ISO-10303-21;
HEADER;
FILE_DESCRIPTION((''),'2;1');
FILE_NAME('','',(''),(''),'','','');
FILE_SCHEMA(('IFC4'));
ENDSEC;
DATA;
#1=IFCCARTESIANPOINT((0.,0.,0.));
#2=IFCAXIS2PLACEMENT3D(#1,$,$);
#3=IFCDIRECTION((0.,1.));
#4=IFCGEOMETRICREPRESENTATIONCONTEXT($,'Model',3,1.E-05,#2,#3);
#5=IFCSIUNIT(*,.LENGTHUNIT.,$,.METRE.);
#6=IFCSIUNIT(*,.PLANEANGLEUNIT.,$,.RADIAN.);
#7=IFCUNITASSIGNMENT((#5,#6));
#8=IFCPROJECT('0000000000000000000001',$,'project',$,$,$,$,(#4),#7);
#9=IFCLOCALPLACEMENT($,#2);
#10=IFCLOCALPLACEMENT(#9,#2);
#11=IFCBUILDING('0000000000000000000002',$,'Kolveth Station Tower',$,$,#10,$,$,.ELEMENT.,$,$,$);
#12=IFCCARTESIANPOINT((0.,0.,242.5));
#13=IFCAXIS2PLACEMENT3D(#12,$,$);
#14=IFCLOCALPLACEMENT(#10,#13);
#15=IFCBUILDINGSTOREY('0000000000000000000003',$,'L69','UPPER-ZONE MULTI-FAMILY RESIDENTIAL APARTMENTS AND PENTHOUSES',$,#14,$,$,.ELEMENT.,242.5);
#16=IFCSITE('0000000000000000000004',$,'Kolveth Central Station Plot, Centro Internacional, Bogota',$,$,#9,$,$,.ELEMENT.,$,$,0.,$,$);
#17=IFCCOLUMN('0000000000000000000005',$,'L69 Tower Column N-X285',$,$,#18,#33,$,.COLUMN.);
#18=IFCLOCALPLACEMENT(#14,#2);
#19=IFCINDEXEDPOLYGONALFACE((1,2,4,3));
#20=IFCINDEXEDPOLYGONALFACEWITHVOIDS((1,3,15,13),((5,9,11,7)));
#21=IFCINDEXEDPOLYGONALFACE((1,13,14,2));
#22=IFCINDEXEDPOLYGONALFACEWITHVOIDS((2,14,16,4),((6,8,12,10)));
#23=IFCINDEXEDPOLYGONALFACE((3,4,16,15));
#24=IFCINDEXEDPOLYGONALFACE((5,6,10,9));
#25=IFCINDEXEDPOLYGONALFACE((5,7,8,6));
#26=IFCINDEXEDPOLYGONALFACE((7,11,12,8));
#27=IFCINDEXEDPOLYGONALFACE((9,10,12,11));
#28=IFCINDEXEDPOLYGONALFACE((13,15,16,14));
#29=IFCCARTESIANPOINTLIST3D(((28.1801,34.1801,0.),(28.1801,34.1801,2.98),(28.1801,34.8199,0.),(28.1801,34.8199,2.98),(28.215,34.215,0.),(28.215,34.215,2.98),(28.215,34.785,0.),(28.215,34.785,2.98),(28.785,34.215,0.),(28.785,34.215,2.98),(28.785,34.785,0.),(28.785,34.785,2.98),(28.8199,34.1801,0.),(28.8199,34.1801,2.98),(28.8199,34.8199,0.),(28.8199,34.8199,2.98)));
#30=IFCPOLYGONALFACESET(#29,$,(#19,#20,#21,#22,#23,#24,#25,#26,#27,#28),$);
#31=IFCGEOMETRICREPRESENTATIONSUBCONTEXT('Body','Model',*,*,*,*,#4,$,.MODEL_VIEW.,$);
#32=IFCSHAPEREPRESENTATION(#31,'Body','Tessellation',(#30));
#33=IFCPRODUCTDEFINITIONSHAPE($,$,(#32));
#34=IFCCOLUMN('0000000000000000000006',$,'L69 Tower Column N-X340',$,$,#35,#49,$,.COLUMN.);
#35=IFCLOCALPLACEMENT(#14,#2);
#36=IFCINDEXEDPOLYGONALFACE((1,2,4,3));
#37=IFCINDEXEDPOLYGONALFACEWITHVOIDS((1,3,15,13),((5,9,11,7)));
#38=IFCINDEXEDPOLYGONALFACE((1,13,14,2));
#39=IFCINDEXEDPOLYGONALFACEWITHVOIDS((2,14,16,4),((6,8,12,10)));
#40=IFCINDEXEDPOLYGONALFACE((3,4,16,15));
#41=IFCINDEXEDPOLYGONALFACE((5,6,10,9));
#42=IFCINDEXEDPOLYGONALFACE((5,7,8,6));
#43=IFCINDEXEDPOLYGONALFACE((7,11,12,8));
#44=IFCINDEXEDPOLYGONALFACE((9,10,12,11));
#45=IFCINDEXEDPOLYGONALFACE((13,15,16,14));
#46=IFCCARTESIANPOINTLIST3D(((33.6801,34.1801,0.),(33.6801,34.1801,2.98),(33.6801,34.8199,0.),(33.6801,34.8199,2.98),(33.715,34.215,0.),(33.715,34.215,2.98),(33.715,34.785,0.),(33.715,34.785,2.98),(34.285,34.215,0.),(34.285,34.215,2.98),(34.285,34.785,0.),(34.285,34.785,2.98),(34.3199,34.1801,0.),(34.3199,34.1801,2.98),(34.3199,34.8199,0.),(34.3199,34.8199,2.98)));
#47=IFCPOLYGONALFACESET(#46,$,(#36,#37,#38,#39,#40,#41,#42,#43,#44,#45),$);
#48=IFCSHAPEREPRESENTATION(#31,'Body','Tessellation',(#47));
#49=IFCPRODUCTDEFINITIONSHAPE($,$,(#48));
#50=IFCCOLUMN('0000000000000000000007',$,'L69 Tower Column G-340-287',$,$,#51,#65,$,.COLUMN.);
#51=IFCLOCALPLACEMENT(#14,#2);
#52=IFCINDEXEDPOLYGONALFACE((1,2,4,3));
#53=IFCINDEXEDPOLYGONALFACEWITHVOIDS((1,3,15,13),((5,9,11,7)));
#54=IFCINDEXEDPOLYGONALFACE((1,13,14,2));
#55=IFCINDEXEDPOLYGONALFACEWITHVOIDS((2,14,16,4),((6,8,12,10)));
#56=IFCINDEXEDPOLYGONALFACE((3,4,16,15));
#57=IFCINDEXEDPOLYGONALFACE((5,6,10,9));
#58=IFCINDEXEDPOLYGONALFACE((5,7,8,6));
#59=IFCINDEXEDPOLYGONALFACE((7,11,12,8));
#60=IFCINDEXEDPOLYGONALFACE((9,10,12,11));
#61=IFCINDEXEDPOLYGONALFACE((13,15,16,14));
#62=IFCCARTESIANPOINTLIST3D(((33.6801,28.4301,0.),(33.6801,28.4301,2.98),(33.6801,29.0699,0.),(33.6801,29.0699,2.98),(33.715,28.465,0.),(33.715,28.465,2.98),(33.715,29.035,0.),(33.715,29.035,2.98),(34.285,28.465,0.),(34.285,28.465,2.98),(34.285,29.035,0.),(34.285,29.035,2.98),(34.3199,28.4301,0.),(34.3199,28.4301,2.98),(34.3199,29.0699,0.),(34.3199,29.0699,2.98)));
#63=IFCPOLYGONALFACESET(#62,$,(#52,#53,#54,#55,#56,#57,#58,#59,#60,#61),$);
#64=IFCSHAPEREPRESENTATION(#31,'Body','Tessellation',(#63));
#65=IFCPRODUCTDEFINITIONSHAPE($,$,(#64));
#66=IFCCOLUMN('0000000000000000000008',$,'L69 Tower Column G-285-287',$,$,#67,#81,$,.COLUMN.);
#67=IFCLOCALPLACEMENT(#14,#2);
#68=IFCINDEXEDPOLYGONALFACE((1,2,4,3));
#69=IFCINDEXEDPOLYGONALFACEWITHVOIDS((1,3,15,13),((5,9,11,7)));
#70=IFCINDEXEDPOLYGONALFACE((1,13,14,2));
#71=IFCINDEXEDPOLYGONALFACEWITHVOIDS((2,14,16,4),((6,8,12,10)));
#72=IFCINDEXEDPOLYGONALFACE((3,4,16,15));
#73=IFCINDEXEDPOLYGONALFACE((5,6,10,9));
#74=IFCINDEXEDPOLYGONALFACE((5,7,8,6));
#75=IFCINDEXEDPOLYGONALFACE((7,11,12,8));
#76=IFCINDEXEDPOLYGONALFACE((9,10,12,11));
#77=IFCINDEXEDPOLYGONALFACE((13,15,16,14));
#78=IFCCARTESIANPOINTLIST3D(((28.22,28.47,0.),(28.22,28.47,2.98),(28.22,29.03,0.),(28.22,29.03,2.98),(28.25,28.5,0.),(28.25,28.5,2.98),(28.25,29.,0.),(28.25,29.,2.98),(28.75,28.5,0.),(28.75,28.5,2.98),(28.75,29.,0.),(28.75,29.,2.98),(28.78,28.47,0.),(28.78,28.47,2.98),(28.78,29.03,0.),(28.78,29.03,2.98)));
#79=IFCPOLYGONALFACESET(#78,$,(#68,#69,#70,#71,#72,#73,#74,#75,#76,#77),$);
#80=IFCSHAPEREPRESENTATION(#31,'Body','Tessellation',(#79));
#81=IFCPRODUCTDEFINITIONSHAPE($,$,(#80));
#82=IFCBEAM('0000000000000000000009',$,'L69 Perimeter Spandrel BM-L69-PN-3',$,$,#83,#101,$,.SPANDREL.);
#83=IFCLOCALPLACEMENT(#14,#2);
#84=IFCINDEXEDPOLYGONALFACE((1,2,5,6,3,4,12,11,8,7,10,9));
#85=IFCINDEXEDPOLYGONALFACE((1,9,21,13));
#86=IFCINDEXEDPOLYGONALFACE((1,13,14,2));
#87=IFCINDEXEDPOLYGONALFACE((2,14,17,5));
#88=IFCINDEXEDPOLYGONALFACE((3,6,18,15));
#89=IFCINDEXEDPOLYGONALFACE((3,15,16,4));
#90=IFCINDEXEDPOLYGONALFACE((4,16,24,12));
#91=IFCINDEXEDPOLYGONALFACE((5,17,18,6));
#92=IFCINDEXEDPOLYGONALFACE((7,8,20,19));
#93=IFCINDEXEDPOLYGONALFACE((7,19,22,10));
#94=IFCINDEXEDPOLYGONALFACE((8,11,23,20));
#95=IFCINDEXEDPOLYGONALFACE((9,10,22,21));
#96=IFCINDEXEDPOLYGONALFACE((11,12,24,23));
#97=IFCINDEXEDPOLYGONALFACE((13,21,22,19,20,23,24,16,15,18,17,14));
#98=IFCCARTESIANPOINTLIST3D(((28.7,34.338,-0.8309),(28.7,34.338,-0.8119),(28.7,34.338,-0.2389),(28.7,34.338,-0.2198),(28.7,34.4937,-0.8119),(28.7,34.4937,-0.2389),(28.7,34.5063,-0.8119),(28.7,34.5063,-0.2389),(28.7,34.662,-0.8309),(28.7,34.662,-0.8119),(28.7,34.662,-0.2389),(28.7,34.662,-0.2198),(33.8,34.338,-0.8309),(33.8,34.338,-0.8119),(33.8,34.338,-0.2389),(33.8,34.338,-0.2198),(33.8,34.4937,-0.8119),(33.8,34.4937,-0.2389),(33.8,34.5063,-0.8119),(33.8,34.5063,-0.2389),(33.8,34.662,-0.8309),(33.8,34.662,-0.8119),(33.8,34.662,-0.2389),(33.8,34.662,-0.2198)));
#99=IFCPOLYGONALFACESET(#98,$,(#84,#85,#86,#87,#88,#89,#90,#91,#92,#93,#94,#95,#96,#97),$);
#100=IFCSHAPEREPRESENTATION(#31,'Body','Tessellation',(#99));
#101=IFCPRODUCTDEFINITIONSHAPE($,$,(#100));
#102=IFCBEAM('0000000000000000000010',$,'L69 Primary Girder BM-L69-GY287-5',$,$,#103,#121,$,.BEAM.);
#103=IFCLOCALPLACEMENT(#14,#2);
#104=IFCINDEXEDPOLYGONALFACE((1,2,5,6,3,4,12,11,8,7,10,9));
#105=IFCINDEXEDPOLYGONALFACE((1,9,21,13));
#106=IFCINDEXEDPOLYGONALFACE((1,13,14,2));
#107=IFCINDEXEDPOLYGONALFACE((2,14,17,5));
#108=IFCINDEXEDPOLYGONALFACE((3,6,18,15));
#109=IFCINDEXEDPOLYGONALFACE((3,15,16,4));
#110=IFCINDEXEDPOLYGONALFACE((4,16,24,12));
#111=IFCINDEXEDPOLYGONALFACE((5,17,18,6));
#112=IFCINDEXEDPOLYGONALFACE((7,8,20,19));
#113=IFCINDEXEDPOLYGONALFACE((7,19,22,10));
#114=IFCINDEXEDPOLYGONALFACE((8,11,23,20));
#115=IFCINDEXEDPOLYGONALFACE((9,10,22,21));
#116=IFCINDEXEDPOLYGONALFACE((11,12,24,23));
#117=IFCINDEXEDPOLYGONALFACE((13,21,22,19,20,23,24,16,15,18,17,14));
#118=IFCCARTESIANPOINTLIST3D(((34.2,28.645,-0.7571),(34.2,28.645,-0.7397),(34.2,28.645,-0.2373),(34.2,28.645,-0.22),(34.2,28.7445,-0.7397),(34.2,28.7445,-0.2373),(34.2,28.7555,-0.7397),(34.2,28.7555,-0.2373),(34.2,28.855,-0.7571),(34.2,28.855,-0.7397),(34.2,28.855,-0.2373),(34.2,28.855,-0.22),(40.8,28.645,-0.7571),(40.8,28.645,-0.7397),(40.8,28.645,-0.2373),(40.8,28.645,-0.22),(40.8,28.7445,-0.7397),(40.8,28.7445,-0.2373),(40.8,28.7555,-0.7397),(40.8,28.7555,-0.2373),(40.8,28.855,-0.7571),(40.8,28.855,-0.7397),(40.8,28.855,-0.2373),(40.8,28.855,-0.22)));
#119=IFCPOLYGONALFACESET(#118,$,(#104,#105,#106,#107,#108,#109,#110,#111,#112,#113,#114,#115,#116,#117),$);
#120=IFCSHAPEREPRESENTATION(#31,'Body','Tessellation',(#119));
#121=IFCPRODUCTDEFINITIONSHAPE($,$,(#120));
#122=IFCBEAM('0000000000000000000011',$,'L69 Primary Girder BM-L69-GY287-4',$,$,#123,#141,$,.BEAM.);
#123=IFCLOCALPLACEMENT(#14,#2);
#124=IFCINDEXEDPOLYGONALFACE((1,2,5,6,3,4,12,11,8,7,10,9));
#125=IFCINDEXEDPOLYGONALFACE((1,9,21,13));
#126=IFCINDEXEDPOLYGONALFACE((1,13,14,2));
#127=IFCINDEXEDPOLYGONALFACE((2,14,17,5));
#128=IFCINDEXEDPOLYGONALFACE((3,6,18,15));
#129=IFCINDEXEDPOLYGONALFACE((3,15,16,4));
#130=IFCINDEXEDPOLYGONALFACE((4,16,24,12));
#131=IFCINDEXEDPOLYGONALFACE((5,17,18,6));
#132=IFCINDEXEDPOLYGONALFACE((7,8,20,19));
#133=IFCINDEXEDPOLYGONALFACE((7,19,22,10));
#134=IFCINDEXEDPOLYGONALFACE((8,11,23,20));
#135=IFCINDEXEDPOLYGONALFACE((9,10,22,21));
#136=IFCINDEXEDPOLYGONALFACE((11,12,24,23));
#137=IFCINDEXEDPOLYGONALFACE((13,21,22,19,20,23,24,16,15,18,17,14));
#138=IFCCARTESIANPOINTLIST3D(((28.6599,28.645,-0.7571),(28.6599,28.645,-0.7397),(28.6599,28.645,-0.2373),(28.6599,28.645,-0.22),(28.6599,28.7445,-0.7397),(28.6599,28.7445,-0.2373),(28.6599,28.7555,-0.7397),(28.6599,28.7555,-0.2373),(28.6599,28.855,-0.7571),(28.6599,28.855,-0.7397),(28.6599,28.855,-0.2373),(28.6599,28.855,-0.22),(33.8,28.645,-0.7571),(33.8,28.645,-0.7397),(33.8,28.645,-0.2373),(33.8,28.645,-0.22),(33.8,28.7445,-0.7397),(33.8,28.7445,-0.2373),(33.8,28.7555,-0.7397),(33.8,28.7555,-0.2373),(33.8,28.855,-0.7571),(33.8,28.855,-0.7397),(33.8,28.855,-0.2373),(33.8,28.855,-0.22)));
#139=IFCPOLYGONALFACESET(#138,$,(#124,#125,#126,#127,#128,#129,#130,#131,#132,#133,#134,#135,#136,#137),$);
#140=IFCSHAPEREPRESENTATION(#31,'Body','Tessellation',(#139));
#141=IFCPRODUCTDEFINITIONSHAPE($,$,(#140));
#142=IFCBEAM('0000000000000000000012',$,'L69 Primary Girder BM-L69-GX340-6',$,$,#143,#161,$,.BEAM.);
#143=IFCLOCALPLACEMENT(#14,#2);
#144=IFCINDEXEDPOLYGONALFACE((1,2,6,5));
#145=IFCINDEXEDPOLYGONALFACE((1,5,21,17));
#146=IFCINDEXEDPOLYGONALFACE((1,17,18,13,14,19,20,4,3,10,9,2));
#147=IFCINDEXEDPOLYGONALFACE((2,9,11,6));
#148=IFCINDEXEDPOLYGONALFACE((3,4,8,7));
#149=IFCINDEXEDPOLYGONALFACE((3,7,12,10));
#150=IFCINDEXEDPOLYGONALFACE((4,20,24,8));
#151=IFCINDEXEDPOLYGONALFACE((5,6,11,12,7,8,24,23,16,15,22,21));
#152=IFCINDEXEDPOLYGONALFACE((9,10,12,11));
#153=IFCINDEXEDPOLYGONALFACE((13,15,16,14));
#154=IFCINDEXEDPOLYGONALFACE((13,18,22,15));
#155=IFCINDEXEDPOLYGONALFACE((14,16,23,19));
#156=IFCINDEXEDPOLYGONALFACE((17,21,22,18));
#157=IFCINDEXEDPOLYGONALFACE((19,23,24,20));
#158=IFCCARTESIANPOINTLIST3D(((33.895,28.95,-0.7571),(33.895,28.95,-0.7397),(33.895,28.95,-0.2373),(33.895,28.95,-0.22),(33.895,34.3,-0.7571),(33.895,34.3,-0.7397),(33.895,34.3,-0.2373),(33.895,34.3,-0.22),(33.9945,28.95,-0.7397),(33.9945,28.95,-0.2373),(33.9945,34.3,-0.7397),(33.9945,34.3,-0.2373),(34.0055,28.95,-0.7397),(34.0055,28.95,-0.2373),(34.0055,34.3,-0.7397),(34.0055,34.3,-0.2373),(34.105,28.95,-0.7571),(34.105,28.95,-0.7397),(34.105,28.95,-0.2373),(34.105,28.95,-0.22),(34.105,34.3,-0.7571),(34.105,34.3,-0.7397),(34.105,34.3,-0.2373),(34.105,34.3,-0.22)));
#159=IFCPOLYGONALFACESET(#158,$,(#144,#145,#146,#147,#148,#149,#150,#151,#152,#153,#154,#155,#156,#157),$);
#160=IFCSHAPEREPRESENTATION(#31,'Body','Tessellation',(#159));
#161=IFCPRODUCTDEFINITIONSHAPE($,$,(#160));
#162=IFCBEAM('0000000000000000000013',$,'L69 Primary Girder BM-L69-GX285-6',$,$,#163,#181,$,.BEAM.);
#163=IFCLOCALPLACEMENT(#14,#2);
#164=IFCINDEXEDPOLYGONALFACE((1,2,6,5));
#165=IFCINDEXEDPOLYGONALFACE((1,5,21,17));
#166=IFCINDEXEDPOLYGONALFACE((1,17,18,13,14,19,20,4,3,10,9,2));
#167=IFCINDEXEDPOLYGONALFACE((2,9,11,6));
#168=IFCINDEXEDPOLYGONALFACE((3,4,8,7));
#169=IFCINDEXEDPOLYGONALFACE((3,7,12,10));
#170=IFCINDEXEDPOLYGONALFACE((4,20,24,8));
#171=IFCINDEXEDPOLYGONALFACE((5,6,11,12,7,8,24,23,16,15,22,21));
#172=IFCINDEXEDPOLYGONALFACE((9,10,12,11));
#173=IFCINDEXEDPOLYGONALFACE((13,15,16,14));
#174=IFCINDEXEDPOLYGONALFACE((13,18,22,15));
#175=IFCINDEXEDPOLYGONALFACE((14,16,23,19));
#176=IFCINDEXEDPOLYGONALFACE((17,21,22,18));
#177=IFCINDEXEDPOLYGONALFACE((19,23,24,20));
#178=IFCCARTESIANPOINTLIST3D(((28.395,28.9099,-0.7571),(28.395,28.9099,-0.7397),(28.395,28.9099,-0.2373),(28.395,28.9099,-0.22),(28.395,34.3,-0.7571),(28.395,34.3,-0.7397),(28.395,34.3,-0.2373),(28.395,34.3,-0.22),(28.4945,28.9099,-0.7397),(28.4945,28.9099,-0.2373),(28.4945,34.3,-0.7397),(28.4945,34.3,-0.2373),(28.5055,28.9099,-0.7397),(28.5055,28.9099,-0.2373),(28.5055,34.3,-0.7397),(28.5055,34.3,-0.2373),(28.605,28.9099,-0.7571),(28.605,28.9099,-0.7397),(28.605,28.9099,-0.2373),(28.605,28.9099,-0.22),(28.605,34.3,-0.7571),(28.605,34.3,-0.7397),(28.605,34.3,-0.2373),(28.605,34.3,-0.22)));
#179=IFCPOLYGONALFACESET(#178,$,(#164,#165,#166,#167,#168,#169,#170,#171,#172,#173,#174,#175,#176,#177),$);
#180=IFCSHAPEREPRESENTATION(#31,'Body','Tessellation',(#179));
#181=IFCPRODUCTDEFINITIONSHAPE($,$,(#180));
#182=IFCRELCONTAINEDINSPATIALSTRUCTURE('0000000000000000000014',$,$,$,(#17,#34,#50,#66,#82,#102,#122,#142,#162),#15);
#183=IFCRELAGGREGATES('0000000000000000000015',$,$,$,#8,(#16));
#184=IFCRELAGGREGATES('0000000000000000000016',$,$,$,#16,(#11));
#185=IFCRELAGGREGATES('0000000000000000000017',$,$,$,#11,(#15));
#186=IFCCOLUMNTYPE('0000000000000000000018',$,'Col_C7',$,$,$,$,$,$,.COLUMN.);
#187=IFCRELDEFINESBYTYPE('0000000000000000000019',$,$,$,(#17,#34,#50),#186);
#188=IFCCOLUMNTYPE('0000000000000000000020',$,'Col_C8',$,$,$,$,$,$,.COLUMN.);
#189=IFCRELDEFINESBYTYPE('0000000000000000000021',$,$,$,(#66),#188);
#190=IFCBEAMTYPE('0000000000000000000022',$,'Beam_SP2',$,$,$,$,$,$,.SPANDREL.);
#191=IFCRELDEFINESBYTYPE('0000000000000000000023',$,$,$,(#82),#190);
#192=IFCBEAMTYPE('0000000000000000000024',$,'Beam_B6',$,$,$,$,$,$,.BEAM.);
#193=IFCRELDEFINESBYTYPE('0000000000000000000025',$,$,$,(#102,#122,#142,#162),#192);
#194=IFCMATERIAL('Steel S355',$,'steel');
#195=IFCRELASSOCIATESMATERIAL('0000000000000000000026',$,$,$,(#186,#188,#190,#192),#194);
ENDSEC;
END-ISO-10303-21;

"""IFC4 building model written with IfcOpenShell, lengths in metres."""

from ifc_helpers import new_model, si_unit, direction, frame, origin, origin_2d, place, context, subcontext, project, spatial, hollow_rectangle, i_section, extrude, source, transform, mapped, material, material_profile, profile_set, type_object, element, save


model = new_model("IFC4")

# Units and contexts
model_context = context("Model", 3, precision=1e-05, world=origin(), true_north=direction((0.0, 1.0)))
body_context = subcontext(model_context, "Body", "Model", "MODEL_VIEW")
ifc_project = project(units=[si_unit("LENGTHUNIT", "METRE"), si_unit("PLANEANGLEUNIT", "RADIAN")], contexts=[model_context])

# Site, building, storey
site_placement = place(None, origin())
site = spatial("IfcSite", under=ifc_project, at=site_placement, Name="Kolveth Central Station Plot, Centro Internacional, Bogota", CompositionType="ELEMENT", RefElevation=0.0)
building_placement = place(site_placement, origin())
building = spatial("IfcBuilding", under=site, at=building_placement, Name="Kolveth Station Tower", CompositionType="ELEMENT")
storey_placement = place(building_placement, frame((0.0, 0.0, 242.5)))
storey = spatial("IfcBuildingStorey", under=building, at=storey_placement, Name="L69", Description="UPPER-ZONE MULTI-FAMILY RESIDENTIAL APARTMENTS AND PENTHOUSES", CompositionType="ELEMENT", Elevation=242.5)

# Columns
ifc_material_1 = material(Name="Steel S355", Category="steel")
ifc_material_profile_1 = material_profile(ifc_material_1, hollow_rectangle(XDim=0.6399, YDim=0.6399, WallThickness=0.0349, at=origin_2d()), Name="BOX640x640x35")
ifc_profile_set_1 = profile_set([ifc_material_profile_1], Name="Steel S355")
column_type_1 = type_object("IfcColumnType", Name="Col_C7", PredefinedType="COLUMN", material=ifc_profile_set_1)
shared_shape_1 = source(origin(), body_context, "Body", "SweptSolid", [
    extrude(hollow_rectangle(XDim=0.6399, YDim=0.6399, WallThickness=0.0349, at=origin_2d()), origin(), (0.0, 0.0, 1.0), 2.98),
])
for number, where, z_axis, x_axis, name in (
    (1, (28.5, 34.5, 0.0), (0.0, 0.0, 1.0), (1.0, 0.0, 0.0), "L69 Tower Column N-X285"),
    (2, (34.0, 34.5, 0.0), (0.0, 0.0, 1.0), (1.0, 0.0, 0.0), "L69 Tower Column N-X340"),
    (3, (34.0, 28.75, 0.0), (0.0, 0.0, 1.0), (1.0, 0.0, 0.0), "L69 Tower Column G-340-287"),
):
    element("IfcColumn", number, at=place(storey_placement, frame(where, z_axis=z_axis, x_axis=x_axis)), inside=storey, type_object=column_type_1, Name=name, PredefinedType="COLUMN", context=body_context, shape_type="MappedRepresentation", body=[
        mapped(shared_shape_1, transform((0.0, 0.0, 0.0), x_axis=(1.0, 0.0, 0.0), y_axis=(0.0, 1.0, 0.0), z_axis=(0.0, 0.0, 1.0), scale=1.0)),
    ])
ifc_material_profile_2 = material_profile(ifc_material_1, hollow_rectangle(XDim=0.5601, YDim=0.5601, WallThickness=0.03, at=origin_2d()), Name="BOX560x560x30")
ifc_profile_set_2 = profile_set([ifc_material_profile_2], Name="Steel S355")
column_type_2 = type_object("IfcColumnType", Name="Col_C8", PredefinedType="COLUMN", material=ifc_profile_set_2)
shared_shape_2 = source(origin(), body_context, "Body", "SweptSolid", [
    extrude(hollow_rectangle(XDim=0.5601, YDim=0.5601, WallThickness=0.03, at=origin_2d()), origin(), (0.0, 0.0, 1.0), 2.98),
])
column_placement = place(storey_placement, frame((28.5, 28.75, 0.0), z_axis=(0.0, 0.0, 1.0), x_axis=(1.0, 0.0, 0.0)))
element("IfcColumn", 4, at=column_placement, inside=storey, type_object=column_type_2, Name="L69 Tower Column G-285-287", PredefinedType="COLUMN", context=body_context, shape_type="MappedRepresentation", body=[
    mapped(shared_shape_2, transform((0.0, 0.0, 0.0), x_axis=(1.0, 0.0, 0.0), y_axis=(0.0, 1.0, 0.0), z_axis=(0.0, 0.0, 1.0), scale=1.0)),
])

# Beams
ifc_material_profile_3 = material_profile(ifc_material_1, i_section(OverallWidth=0.324, OverallDepth=0.6111, WebThickness=0.0127, FlangeThickness=0.019, at=origin_2d()), Name="W610x155")
ifc_profile_set_3 = profile_set([ifc_material_profile_3], Name="Steel S355")
beam_type_1 = type_object("IfcBeamType", Name="Beam_SP2", PredefinedType="SPANDREL", material=ifc_profile_set_3)
shared_shape_3 = source(origin(), body_context, "Body", "SweptSolid", [
    extrude(i_section(OverallWidth=0.324, OverallDepth=0.6111, WebThickness=0.0127, FlangeThickness=0.019, at=origin_2d()), origin(), (0.0, 0.0, 1.0), 5.1001),
])
beam_1_placement = place(storey_placement, frame((28.7, 34.5, -0.5254), z_axis=(1.0, 0.0, 0.0), x_axis=(0.0, 1.0, 0.0)))
element("IfcBeam", 5, at=beam_1_placement, inside=storey, type_object=beam_type_1, Name="L69 Perimeter Spandrel BM-L69-PN-3", PredefinedType="SPANDREL", context=body_context, shape_type="MappedRepresentation", body=[
    mapped(shared_shape_3, transform((0.0, 0.0, 0.0), x_axis=(1.0, 0.0, 0.0), y_axis=(0.0, 1.0, 0.0), z_axis=(0.0, 0.0, 1.0), scale=1.0)),
])
ifc_material_profile_4 = material_profile(ifc_material_1, i_section(OverallWidth=0.21, OverallDepth=0.5371, WebThickness=0.011, FlangeThickness=0.0173, at=origin_2d()), Name="W530x101")
ifc_profile_set_4 = profile_set([ifc_material_profile_4], Name="Steel S355")
beam_type_2 = type_object("IfcBeamType", Name="Beam_B6", PredefinedType="BEAM", material=ifc_profile_set_4)
shared_shape_4 = source(origin(), body_context, "Body", "SweptSolid", [
    extrude(i_section(OverallWidth=0.21, OverallDepth=0.5371, WebThickness=0.011, FlangeThickness=0.0173, at=origin_2d()), origin(), (0.0, 0.0, 1.0), 6.6001),
])
beam_2_placement = place(storey_placement, frame((34.2, 28.75, -0.4885), z_axis=(1.0, 0.0, 0.0), x_axis=(0.0, 1.0, 0.0)))
element("IfcBeam", 6, at=beam_2_placement, inside=storey, type_object=beam_type_2, Name="L69 Primary Girder BM-L69-GY287-5", PredefinedType="BEAM", context=body_context, shape_type="MappedRepresentation", body=[
    mapped(shared_shape_4, transform((0.0, 0.0, 0.0), x_axis=(1.0, 0.0, 0.0), y_axis=(0.0, 1.0, 0.0), z_axis=(0.0, 0.0, 1.0), scale=1.0)),
])
shared_shape_5 = source(origin(), body_context, "Body", "SweptSolid", [
    extrude(i_section(OverallWidth=0.21, OverallDepth=0.5371, WebThickness=0.011, FlangeThickness=0.0173, at=origin_2d()), origin(), (0.0, 0.0, 1.0), 5.1401),
])
beam_3_placement = place(storey_placement, frame((28.6599, 28.75, -0.4885), z_axis=(1.0, 0.0, 0.0), x_axis=(0.0, 1.0, 0.0)))
element("IfcBeam", 7, at=beam_3_placement, inside=storey, type_object=beam_type_2, Name="L69 Primary Girder BM-L69-GY287-4", PredefinedType="BEAM", context=body_context, shape_type="MappedRepresentation", body=[
    mapped(shared_shape_5, transform((0.0, 0.0, 0.0), x_axis=(1.0, 0.0, 0.0), y_axis=(0.0, 1.0, 0.0), z_axis=(0.0, 0.0, 1.0), scale=1.0)),
])
shared_shape_6 = source(origin(), body_context, "Body", "SweptSolid", [
    extrude(i_section(OverallWidth=0.21, OverallDepth=0.5371, WebThickness=0.011, FlangeThickness=0.0173, at=origin_2d()), origin(), (0.0, 0.0, 1.0), 5.3501),
])
beam_4_placement = place(storey_placement, frame((34.0, 28.95, -0.4885), z_axis=(0.0, 1.0, 0.0), x_axis=(-1.0, 0.0, 0.0)))
element("IfcBeam", 8, at=beam_4_placement, inside=storey, type_object=beam_type_2, Name="L69 Primary Girder BM-L69-GX340-6", PredefinedType="BEAM", context=body_context, shape_type="MappedRepresentation", body=[
    mapped(shared_shape_6, transform((0.0, 0.0, 0.0), x_axis=(1.0, 0.0, 0.0), y_axis=(0.0, 1.0, 0.0), z_axis=(0.0, 0.0, 1.0), scale=1.0)),
])
shared_shape_7 = source(origin(), body_context, "Body", "SweptSolid", [
    extrude(i_section(OverallWidth=0.21, OverallDepth=0.5371, WebThickness=0.011, FlangeThickness=0.0173, at=origin_2d()), origin(), (0.0, 0.0, 1.0), 5.3901),
])
beam_5_placement = place(storey_placement, frame((28.5, 28.9099, -0.4885), z_axis=(0.0, 1.0, 0.0), x_axis=(-1.0, 0.0, 0.0)))
element("IfcBeam", 9, at=beam_5_placement, inside=storey, type_object=beam_type_2, Name="L69 Primary Girder BM-L69-GX285-6", PredefinedType="BEAM", context=body_context, shape_type="MappedRepresentation", body=[
    mapped(shared_shape_7, transform((0.0, 0.0, 0.0), x_axis=(1.0, 0.0, 0.0), y_axis=(0.0, 1.0, 0.0), z_axis=(0.0, 0.0, 1.0), scale=1.0)),
])

save(model, "model.ifc")
